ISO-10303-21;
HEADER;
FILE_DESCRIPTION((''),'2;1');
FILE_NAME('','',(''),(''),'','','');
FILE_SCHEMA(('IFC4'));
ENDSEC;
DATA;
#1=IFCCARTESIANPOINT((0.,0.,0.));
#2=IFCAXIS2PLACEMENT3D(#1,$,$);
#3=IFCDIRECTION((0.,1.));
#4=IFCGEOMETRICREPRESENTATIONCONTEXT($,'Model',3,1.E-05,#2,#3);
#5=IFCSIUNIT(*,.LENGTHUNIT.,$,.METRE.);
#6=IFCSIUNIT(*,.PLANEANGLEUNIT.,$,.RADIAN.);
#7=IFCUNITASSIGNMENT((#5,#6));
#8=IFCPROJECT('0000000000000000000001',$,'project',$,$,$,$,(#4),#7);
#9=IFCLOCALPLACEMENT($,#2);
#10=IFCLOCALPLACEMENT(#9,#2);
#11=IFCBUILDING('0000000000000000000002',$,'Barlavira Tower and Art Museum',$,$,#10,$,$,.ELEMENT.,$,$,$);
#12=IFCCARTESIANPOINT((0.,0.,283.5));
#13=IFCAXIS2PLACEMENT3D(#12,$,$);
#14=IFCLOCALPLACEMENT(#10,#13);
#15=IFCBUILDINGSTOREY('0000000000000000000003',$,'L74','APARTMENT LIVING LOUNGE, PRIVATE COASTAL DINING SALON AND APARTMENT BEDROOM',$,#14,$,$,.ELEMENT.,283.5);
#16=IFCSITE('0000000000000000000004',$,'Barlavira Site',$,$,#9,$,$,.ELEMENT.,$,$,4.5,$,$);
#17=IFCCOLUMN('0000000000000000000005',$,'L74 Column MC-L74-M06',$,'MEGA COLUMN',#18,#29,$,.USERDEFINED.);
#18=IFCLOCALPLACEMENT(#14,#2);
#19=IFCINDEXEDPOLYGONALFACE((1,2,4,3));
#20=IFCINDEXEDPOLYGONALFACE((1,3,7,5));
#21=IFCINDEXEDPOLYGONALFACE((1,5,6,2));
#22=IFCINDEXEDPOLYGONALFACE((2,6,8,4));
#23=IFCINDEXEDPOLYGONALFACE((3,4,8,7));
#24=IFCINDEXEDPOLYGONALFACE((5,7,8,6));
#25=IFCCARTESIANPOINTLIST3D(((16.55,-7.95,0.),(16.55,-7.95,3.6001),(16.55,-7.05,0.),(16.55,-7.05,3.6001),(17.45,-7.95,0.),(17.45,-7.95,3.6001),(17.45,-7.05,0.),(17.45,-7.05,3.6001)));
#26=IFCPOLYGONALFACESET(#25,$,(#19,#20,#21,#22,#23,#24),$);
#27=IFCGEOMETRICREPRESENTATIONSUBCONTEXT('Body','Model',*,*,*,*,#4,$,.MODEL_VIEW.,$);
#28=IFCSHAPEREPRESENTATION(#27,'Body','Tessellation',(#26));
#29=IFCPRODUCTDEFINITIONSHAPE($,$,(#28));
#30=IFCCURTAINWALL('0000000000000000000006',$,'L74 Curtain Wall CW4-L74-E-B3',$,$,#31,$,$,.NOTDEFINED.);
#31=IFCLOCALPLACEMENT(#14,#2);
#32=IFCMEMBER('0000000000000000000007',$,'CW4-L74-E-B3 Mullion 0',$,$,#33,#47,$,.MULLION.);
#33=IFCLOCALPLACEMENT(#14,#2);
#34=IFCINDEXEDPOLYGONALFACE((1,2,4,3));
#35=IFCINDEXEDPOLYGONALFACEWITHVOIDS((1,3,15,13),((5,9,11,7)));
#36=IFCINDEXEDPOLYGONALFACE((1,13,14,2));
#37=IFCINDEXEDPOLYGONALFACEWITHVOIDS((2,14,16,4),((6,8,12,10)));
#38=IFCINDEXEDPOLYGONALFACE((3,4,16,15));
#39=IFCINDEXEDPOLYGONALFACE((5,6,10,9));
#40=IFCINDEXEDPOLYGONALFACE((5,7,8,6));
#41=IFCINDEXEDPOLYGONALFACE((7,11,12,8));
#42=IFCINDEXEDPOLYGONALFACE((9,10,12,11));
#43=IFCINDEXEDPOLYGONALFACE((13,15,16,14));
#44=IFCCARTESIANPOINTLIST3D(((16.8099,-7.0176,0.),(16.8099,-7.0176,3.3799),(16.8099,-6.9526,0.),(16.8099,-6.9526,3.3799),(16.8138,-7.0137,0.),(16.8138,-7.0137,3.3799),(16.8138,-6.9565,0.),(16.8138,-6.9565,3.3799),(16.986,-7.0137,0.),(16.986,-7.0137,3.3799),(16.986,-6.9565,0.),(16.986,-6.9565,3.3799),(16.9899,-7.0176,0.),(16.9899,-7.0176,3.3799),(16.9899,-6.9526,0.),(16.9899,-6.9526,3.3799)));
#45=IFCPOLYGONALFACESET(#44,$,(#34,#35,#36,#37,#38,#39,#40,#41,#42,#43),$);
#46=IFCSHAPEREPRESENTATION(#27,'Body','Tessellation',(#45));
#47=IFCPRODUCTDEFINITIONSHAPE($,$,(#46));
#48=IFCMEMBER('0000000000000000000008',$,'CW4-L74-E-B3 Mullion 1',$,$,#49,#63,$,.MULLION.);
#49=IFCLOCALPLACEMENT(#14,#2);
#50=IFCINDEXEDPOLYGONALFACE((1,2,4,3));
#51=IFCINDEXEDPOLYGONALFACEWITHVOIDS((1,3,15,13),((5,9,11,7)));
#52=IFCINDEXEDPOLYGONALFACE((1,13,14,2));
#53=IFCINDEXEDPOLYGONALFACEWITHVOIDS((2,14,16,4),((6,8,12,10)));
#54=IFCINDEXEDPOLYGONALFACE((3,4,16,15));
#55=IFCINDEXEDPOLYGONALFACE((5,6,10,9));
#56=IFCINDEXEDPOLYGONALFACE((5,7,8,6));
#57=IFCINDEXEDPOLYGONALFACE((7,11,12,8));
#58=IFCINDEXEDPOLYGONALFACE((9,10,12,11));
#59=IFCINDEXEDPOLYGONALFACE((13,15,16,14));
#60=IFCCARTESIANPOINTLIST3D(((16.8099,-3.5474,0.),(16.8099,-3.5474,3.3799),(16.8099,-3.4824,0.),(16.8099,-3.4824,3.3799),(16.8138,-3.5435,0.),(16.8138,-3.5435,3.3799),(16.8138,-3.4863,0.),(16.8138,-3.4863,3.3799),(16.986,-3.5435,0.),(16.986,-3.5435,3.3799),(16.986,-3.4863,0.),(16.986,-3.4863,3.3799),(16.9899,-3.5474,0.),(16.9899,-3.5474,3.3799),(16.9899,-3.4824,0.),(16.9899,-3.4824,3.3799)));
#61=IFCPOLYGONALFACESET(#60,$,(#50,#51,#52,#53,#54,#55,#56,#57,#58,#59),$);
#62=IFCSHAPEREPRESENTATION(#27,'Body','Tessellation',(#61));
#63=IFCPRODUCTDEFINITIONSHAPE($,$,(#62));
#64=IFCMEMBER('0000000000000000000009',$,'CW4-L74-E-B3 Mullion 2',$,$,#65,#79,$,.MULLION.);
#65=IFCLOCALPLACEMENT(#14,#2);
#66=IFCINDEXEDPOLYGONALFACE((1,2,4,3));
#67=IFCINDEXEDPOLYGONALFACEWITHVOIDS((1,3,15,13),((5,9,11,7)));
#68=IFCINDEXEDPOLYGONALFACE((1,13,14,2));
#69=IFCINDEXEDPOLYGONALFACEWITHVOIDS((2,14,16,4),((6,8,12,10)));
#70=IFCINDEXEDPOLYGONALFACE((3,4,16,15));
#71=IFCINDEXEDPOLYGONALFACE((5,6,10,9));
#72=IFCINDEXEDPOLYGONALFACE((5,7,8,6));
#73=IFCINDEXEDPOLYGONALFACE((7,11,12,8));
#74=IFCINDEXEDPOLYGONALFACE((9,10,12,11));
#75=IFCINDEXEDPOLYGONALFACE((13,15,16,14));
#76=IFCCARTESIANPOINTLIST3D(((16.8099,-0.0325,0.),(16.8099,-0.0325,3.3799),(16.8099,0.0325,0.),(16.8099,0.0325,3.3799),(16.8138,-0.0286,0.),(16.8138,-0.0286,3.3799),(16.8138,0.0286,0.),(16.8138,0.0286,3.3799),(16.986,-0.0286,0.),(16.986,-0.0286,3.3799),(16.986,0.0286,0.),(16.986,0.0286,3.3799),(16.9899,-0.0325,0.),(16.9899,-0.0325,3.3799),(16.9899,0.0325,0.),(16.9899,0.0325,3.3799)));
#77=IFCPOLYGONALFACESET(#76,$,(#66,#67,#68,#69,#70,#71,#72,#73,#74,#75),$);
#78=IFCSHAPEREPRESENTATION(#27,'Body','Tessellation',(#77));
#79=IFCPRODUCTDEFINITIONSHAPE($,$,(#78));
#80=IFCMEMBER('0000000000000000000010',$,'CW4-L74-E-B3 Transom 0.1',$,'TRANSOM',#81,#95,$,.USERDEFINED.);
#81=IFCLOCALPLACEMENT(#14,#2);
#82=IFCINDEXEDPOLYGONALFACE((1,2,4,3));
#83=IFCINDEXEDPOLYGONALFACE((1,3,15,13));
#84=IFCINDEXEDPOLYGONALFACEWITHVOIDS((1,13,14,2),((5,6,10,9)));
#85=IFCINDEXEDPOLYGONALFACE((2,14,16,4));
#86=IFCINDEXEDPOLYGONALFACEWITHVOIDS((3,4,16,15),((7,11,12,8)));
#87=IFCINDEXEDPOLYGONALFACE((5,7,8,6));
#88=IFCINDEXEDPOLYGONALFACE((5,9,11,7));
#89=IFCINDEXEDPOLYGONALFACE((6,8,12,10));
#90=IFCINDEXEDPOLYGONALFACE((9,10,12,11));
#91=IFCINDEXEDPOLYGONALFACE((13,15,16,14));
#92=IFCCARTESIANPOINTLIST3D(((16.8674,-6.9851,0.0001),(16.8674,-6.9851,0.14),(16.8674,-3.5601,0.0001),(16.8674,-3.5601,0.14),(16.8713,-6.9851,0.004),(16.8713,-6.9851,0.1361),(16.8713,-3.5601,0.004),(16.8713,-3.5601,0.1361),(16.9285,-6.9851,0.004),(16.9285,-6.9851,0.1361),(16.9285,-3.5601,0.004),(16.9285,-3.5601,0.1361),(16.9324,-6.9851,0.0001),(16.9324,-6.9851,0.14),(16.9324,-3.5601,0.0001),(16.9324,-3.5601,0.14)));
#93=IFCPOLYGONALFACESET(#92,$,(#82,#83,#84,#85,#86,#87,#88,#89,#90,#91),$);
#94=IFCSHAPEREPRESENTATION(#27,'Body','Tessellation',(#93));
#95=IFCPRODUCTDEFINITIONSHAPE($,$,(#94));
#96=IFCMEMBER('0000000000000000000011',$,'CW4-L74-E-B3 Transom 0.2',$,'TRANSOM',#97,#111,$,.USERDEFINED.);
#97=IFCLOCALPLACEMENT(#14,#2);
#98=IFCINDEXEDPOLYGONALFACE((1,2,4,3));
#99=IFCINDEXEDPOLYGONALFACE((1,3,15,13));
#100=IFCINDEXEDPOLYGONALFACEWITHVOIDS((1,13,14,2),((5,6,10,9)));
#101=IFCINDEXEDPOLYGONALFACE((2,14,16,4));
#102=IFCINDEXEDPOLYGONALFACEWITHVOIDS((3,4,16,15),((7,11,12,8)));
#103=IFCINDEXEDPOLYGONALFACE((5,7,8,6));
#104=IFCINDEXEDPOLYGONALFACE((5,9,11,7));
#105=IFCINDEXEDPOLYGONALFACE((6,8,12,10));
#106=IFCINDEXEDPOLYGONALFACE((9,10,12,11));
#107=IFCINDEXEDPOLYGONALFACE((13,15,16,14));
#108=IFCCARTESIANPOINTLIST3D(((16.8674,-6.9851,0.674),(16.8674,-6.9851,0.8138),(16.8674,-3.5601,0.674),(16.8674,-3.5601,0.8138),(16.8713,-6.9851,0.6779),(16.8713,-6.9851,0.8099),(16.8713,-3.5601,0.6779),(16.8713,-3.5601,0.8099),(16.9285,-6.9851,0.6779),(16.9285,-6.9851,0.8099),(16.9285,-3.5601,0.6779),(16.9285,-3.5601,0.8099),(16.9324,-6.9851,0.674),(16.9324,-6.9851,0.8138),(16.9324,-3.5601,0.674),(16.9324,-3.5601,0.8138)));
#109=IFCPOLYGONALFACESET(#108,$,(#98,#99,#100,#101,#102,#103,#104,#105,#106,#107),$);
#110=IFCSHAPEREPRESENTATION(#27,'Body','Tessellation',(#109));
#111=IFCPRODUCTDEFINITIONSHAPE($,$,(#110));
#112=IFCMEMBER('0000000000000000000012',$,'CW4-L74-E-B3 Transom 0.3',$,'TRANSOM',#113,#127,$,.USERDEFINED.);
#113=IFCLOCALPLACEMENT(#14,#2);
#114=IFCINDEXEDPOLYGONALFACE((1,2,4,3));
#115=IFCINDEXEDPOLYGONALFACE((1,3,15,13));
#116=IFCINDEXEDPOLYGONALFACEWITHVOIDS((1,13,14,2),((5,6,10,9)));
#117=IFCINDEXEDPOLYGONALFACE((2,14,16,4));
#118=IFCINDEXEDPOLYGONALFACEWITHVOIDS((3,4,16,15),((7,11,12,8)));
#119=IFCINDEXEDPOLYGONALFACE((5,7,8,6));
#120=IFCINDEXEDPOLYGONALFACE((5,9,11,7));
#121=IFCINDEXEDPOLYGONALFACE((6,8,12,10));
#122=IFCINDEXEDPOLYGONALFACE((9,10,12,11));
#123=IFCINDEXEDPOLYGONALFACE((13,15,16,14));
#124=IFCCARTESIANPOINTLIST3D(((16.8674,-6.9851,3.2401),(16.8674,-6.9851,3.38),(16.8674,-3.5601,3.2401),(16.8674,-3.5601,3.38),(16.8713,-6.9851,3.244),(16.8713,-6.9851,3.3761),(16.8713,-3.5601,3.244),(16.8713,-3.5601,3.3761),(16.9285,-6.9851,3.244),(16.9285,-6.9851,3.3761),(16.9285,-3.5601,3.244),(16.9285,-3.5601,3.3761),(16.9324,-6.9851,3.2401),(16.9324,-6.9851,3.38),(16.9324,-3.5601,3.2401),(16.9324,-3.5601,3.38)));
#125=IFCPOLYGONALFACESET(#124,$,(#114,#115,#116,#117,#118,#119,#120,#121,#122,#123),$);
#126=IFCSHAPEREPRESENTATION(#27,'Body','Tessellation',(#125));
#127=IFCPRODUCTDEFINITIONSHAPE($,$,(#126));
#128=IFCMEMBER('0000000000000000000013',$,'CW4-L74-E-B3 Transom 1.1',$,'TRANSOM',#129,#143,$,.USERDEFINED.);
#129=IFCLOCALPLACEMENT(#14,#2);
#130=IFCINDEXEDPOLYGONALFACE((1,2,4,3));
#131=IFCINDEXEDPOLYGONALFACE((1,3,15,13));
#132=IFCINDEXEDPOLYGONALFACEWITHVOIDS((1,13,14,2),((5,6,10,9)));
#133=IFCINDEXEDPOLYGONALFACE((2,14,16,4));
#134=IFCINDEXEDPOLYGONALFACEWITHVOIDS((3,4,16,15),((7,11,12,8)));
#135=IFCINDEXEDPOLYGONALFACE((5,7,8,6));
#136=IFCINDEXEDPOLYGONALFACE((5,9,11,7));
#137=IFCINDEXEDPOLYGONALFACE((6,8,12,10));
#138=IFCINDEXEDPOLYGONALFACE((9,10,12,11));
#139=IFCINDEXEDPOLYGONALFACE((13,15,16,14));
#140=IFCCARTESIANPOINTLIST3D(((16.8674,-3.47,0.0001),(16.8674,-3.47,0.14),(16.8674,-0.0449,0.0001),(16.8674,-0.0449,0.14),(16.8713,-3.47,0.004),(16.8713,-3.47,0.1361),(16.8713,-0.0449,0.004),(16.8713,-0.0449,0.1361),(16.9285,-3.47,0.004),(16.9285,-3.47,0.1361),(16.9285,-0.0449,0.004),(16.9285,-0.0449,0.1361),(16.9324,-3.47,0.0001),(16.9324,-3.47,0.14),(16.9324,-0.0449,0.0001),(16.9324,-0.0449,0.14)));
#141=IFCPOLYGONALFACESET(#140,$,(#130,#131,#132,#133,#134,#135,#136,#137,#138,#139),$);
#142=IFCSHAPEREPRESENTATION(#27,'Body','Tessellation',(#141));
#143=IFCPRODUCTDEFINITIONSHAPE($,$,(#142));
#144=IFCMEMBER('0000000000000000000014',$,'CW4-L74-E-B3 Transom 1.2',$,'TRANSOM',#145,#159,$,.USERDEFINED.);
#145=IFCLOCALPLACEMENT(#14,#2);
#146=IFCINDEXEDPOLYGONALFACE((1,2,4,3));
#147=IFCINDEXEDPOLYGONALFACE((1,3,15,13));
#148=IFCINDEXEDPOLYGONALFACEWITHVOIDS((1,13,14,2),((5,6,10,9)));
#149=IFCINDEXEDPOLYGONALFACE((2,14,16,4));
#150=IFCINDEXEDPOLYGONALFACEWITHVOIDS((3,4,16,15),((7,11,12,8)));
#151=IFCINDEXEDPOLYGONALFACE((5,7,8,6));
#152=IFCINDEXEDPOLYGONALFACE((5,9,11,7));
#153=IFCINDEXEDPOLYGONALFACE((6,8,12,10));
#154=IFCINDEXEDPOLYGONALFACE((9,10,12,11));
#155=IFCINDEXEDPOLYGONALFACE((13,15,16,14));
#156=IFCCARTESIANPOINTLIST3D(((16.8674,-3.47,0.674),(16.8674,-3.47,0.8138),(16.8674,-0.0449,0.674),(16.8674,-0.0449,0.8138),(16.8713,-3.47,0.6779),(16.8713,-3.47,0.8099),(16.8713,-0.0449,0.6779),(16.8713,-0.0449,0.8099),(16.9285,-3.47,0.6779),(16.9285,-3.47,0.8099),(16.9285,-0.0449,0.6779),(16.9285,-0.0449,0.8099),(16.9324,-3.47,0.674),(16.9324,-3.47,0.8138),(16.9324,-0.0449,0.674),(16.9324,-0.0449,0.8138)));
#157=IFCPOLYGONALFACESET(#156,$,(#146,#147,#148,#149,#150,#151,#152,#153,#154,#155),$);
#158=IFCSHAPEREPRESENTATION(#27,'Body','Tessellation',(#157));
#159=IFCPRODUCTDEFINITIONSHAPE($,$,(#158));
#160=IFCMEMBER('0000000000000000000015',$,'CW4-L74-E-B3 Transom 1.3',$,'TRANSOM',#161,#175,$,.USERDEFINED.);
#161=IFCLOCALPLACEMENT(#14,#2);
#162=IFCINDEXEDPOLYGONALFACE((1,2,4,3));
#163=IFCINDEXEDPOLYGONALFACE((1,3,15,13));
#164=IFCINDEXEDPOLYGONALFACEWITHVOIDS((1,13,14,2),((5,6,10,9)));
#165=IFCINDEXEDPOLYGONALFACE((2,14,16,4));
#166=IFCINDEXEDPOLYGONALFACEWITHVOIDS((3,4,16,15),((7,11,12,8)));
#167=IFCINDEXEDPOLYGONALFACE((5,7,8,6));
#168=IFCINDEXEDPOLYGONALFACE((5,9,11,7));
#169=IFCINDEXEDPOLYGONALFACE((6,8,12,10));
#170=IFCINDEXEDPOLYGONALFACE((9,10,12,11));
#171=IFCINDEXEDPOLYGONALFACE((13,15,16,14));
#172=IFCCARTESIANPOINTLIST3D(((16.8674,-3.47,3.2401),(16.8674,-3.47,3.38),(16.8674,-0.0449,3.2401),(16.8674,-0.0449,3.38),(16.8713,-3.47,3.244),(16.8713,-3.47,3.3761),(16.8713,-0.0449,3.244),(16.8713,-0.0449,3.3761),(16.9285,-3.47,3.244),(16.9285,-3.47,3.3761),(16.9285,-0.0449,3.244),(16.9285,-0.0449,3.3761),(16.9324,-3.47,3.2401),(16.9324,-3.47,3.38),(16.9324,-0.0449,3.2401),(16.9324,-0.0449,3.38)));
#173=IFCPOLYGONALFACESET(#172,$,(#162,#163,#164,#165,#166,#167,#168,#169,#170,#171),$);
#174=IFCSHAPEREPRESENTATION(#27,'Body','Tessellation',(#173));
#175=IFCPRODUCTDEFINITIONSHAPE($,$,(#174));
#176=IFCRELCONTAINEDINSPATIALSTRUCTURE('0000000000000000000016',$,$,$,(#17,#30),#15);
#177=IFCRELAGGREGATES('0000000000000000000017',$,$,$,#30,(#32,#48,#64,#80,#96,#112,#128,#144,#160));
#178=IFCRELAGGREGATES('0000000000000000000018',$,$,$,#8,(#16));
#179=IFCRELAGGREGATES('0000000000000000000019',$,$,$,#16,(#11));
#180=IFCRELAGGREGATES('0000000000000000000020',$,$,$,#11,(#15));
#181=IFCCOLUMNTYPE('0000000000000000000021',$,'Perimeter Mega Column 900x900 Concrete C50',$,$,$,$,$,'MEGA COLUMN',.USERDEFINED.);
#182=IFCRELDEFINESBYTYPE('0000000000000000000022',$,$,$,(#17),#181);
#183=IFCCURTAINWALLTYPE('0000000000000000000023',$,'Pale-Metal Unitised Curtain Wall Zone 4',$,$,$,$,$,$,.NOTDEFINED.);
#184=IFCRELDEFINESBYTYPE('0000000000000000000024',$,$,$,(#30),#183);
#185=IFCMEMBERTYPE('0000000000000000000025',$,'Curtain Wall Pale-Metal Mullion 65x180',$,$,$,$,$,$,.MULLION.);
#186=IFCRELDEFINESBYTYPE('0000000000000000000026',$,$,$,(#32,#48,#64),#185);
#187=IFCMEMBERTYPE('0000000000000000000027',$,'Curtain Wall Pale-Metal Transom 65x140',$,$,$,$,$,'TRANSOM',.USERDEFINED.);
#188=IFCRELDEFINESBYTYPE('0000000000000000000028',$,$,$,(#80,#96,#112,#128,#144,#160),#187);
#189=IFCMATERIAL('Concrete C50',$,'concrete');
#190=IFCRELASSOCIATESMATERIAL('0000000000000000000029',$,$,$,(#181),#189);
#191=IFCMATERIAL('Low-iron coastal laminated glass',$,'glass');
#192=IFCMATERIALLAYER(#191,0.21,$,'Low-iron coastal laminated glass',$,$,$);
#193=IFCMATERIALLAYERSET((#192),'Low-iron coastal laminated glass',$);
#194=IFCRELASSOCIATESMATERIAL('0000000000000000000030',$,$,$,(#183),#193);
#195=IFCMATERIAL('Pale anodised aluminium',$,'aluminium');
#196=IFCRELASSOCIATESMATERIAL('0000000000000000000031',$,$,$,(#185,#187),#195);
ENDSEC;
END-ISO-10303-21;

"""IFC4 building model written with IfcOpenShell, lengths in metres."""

from ifc_helpers import new_model, si_unit, direction, frame, origin, origin_2d, place, context, subcontext, project, spatial, rectangle, hollow_rectangle, extrude, material, layer, layer_set, material_profile, profile_set, type_object, element, aggregate, save


model = new_model("IFC4")

# Units and contexts
model_context = context("Model", 3, precision=1e-05, world=origin(), true_north=direction((0.0, 1.0)))
body_context = subcontext(model_context, "Body", "Model", "MODEL_VIEW")
ifc_project = project(units=[si_unit("LENGTHUNIT", "METRE"), si_unit("PLANEANGLEUNIT", "RADIAN")], contexts=[model_context])

# Site, building, storey
site_placement = place(None, origin())
site = spatial("IfcSite", under=ifc_project, at=site_placement, Name="Barlavira Site", CompositionType="ELEMENT", RefElevation=4.5)
building_placement = place(site_placement, origin())
building = spatial("IfcBuilding", under=site, at=building_placement, Name="Barlavira Tower and Art Museum", CompositionType="ELEMENT")
storey_placement = place(building_placement, frame((0.0, 0.0, 283.5)))
storey = spatial("IfcBuildingStorey", under=building, at=storey_placement, Name="L74", Description="APARTMENT LIVING LOUNGE, PRIVATE COASTAL DINING SALON AND APARTMENT BEDROOM", CompositionType="ELEMENT", Elevation=283.5)

# Column
ifc_material_1 = material(Name="Concrete C50", Category="concrete")
ifc_material_profile_1 = material_profile(ifc_material_1, rectangle(XDim=0.8999, YDim=0.8999, at=origin_2d()), Name="RC-COL 900x900")
ifc_profile_set_1 = profile_set([ifc_material_profile_1], Name="Concrete C50")
column_type = type_object("IfcColumnType", Name="Perimeter Mega Column 900x900 Concrete C50", ElementType="MEGA COLUMN", PredefinedType="USERDEFINED", material=ifc_profile_set_1)
column_placement = place(storey_placement, frame((17.0, -7.5, 0.0), z_axis=(0.0, 0.0, 1.0), x_axis=(1.0, 0.0, 0.0)))
element("IfcColumn", 1, at=column_placement, inside=storey, type_object=column_type, Name="L74 Column MC-L74-M06", ObjectType="MEGA COLUMN", PredefinedType="USERDEFINED", context=body_context, shape_type="SweptSolid", body=[
    extrude(rectangle(XDim=0.8999, YDim=0.8999, at=origin_2d()), origin(), (0.0, 0.0, 1.0), 3.6001),
])

# Curtain wall, members
ifc_material_2 = material(Name="Low-iron coastal laminated glass", Category="glass")
ifc_layer_1 = layer(ifc_material_2, 0.21, Name="Low-iron coastal laminated glass")
ifc_layer_set_1 = layer_set([ifc_layer_1], Name="Low-iron coastal laminated glass")
curtain_wall_type = type_object("IfcCurtainWallType", Name="Pale-Metal Unitised Curtain Wall Zone 4", PredefinedType="NOTDEFINED", material=ifc_layer_set_1)
curtain_wall_placement = place(storey_placement, origin())
curtain_wall = element("IfcCurtainWall", 2, at=curtain_wall_placement, inside=storey, type_object=curtain_wall_type, Name="L74 Curtain Wall CW4-L74-E-B3", PredefinedType="NOTDEFINED")
ifc_material_3 = material(Name="Pale anodised aluminium", Category="aluminium")
ifc_material_profile_2 = material_profile(ifc_material_3, hollow_rectangle(XDim=0.0649, YDim=0.1799, WallThickness=0.0039, at=origin_2d()), Name="ALU-MULL 65x180x4")
ifc_profile_set_2 = profile_set([ifc_material_profile_2], Name="Pale anodised aluminium")
member_type_1 = type_object("IfcMemberType", Name="Curtain Wall Pale-Metal Mullion 65x180", PredefinedType="MULLION", material=ifc_profile_set_2)
member_1_placement = place(storey_placement, frame((16.8999, -6.9851, 0.0), z_axis=(0.0, 0.0, 1.0), x_axis=(0.0, 1.0, 0.0)))
member_1 = element("IfcMember", 3, at=member_1_placement, type_object=member_type_1, Name="CW4-L74-E-B3 Mullion 0", PredefinedType="MULLION", context=body_context, shape_type="SweptSolid", body=[
    extrude(hollow_rectangle(XDim=0.0649, YDim=0.1799, WallThickness=0.0039, at=origin_2d()), origin(), (0.0, 0.0, 1.0), 3.3799),
])
member_2_placement = place(storey_placement, frame((16.8999, -3.5149, 0.0), z_axis=(0.0, 0.0, 1.0), x_axis=(0.0, 1.0, 0.0)))
member_2 = element("IfcMember", 4, at=member_2_placement, type_object=member_type_1, Name="CW4-L74-E-B3 Mullion 1", PredefinedType="MULLION", context=body_context, shape_type="SweptSolid", body=[
    extrude(hollow_rectangle(XDim=0.0649, YDim=0.1799, WallThickness=0.0039, at=origin_2d()), origin(), (0.0, 0.0, 1.0), 3.3799),
])
member_3_placement = place(storey_placement, frame((16.8999, 0.0, 0.0), z_axis=(0.0, 0.0, 1.0), x_axis=(0.0, 1.0, 0.0)))
member_3 = element("IfcMember", 5, at=member_3_placement, type_object=member_type_1, Name="CW4-L74-E-B3 Mullion 2", PredefinedType="MULLION", context=body_context, shape_type="SweptSolid", body=[
    extrude(hollow_rectangle(XDim=0.0649, YDim=0.1799, WallThickness=0.0039, at=origin_2d()), origin(), (0.0, 0.0, 1.0), 3.3799),
])
ifc_material_profile_3 = material_profile(ifc_material_3, hollow_rectangle(XDim=0.0649, YDim=0.1399, WallThickness=0.0039, at=origin_2d()), Name="ALU-TRAN 65x140x4")
ifc_profile_set_3 = profile_set([ifc_material_profile_3], Name="Pale anodised aluminium")
member_type_2 = type_object("IfcMemberType", Name="Curtain Wall Pale-Metal Transom 65x140", ElementType="TRANSOM", PredefinedType="USERDEFINED", material=ifc_profile_set_3)
member_4_placement = place(storey_placement, frame((16.8999, -6.9851, 0.0701), z_axis=(0.0, 1.0, 0.0), x_axis=(-1.0, 0.0, 0.0)))
member_4 = element("IfcMember", 6, at=member_4_placement, type_object=member_type_2, Name="CW4-L74-E-B3 Transom 0.1", ObjectType="TRANSOM", PredefinedType="USERDEFINED", context=body_context, shape_type="SweptSolid", body=[
    extrude(hollow_rectangle(XDim=0.0649, YDim=0.1399, WallThickness=0.0039, at=origin_2d()), origin(), (0.0, 0.0, 1.0), 3.425),
])
member_5_placement = place(storey_placement, frame((16.8999, -6.9851, 0.7439), z_axis=(0.0, 1.0, 0.0), x_axis=(-1.0, 0.0, 0.0)))
member_5 = element("IfcMember", 7, at=member_5_placement, type_object=member_type_2, Name="CW4-L74-E-B3 Transom 0.2", ObjectType="TRANSOM", PredefinedType="USERDEFINED", context=body_context, shape_type="SweptSolid", body=[
    extrude(hollow_rectangle(XDim=0.0649, YDim=0.1399, WallThickness=0.0039, at=origin_2d()), origin(), (0.0, 0.0, 1.0), 3.425),
])
member_6_placement = place(storey_placement, frame((16.8999, -6.9851, 3.3101), z_axis=(0.0, 1.0, 0.0), x_axis=(-1.0, 0.0, 0.0)))
member_6 = element("IfcMember", 8, at=member_6_placement, type_object=member_type_2, Name="CW4-L74-E-B3 Transom 0.3", ObjectType="TRANSOM", PredefinedType="USERDEFINED", context=body_context, shape_type="SweptSolid", body=[
    extrude(hollow_rectangle(XDim=0.0649, YDim=0.1399, WallThickness=0.0039, at=origin_2d()), origin(), (0.0, 0.0, 1.0), 3.425),
])
member_7_placement = place(storey_placement, frame((16.8999, -3.47, 0.0701), z_axis=(0.0, 1.0, 0.0), x_axis=(-1.0, 0.0, 0.0)))
member_7 = element("IfcMember", 9, at=member_7_placement, type_object=member_type_2, Name="CW4-L74-E-B3 Transom 1.1", ObjectType="TRANSOM", PredefinedType="USERDEFINED", context=body_context, shape_type="SweptSolid", body=[
    extrude(hollow_rectangle(XDim=0.0649, YDim=0.1399, WallThickness=0.0039, at=origin_2d()), origin(), (0.0, 0.0, 1.0), 3.425),
])
member_8_placement = place(storey_placement, frame((16.8999, -3.47, 0.7439), z_axis=(0.0, 1.0, 0.0), x_axis=(-1.0, 0.0, 0.0)))
member_8 = element("IfcMember", 10, at=member_8_placement, type_object=member_type_2, Name="CW4-L74-E-B3 Transom 1.2", ObjectType="TRANSOM", PredefinedType="USERDEFINED", context=body_context, shape_type="SweptSolid", body=[
    extrude(hollow_rectangle(XDim=0.0649, YDim=0.1399, WallThickness=0.0039, at=origin_2d()), origin(), (0.0, 0.0, 1.0), 3.425),
])
member_9_placement = place(storey_placement, frame((16.8999, -3.47, 3.3101), z_axis=(0.0, 1.0, 0.0), x_axis=(-1.0, 0.0, 0.0)))
member_9 = element("IfcMember", 11, at=member_9_placement, type_object=member_type_2, Name="CW4-L74-E-B3 Transom 1.3", ObjectType="TRANSOM", PredefinedType="USERDEFINED", context=body_context, shape_type="SweptSolid", body=[
    extrude(hollow_rectangle(XDim=0.0649, YDim=0.1399, WallThickness=0.0039, at=origin_2d()), origin(), (0.0, 0.0, 1.0), 3.425),
])

aggregate(curtain_wall, [member_1, member_2, member_3, member_4, member_5, member_6, member_7, member_8, member_9])

save(model, "model.ifc")
